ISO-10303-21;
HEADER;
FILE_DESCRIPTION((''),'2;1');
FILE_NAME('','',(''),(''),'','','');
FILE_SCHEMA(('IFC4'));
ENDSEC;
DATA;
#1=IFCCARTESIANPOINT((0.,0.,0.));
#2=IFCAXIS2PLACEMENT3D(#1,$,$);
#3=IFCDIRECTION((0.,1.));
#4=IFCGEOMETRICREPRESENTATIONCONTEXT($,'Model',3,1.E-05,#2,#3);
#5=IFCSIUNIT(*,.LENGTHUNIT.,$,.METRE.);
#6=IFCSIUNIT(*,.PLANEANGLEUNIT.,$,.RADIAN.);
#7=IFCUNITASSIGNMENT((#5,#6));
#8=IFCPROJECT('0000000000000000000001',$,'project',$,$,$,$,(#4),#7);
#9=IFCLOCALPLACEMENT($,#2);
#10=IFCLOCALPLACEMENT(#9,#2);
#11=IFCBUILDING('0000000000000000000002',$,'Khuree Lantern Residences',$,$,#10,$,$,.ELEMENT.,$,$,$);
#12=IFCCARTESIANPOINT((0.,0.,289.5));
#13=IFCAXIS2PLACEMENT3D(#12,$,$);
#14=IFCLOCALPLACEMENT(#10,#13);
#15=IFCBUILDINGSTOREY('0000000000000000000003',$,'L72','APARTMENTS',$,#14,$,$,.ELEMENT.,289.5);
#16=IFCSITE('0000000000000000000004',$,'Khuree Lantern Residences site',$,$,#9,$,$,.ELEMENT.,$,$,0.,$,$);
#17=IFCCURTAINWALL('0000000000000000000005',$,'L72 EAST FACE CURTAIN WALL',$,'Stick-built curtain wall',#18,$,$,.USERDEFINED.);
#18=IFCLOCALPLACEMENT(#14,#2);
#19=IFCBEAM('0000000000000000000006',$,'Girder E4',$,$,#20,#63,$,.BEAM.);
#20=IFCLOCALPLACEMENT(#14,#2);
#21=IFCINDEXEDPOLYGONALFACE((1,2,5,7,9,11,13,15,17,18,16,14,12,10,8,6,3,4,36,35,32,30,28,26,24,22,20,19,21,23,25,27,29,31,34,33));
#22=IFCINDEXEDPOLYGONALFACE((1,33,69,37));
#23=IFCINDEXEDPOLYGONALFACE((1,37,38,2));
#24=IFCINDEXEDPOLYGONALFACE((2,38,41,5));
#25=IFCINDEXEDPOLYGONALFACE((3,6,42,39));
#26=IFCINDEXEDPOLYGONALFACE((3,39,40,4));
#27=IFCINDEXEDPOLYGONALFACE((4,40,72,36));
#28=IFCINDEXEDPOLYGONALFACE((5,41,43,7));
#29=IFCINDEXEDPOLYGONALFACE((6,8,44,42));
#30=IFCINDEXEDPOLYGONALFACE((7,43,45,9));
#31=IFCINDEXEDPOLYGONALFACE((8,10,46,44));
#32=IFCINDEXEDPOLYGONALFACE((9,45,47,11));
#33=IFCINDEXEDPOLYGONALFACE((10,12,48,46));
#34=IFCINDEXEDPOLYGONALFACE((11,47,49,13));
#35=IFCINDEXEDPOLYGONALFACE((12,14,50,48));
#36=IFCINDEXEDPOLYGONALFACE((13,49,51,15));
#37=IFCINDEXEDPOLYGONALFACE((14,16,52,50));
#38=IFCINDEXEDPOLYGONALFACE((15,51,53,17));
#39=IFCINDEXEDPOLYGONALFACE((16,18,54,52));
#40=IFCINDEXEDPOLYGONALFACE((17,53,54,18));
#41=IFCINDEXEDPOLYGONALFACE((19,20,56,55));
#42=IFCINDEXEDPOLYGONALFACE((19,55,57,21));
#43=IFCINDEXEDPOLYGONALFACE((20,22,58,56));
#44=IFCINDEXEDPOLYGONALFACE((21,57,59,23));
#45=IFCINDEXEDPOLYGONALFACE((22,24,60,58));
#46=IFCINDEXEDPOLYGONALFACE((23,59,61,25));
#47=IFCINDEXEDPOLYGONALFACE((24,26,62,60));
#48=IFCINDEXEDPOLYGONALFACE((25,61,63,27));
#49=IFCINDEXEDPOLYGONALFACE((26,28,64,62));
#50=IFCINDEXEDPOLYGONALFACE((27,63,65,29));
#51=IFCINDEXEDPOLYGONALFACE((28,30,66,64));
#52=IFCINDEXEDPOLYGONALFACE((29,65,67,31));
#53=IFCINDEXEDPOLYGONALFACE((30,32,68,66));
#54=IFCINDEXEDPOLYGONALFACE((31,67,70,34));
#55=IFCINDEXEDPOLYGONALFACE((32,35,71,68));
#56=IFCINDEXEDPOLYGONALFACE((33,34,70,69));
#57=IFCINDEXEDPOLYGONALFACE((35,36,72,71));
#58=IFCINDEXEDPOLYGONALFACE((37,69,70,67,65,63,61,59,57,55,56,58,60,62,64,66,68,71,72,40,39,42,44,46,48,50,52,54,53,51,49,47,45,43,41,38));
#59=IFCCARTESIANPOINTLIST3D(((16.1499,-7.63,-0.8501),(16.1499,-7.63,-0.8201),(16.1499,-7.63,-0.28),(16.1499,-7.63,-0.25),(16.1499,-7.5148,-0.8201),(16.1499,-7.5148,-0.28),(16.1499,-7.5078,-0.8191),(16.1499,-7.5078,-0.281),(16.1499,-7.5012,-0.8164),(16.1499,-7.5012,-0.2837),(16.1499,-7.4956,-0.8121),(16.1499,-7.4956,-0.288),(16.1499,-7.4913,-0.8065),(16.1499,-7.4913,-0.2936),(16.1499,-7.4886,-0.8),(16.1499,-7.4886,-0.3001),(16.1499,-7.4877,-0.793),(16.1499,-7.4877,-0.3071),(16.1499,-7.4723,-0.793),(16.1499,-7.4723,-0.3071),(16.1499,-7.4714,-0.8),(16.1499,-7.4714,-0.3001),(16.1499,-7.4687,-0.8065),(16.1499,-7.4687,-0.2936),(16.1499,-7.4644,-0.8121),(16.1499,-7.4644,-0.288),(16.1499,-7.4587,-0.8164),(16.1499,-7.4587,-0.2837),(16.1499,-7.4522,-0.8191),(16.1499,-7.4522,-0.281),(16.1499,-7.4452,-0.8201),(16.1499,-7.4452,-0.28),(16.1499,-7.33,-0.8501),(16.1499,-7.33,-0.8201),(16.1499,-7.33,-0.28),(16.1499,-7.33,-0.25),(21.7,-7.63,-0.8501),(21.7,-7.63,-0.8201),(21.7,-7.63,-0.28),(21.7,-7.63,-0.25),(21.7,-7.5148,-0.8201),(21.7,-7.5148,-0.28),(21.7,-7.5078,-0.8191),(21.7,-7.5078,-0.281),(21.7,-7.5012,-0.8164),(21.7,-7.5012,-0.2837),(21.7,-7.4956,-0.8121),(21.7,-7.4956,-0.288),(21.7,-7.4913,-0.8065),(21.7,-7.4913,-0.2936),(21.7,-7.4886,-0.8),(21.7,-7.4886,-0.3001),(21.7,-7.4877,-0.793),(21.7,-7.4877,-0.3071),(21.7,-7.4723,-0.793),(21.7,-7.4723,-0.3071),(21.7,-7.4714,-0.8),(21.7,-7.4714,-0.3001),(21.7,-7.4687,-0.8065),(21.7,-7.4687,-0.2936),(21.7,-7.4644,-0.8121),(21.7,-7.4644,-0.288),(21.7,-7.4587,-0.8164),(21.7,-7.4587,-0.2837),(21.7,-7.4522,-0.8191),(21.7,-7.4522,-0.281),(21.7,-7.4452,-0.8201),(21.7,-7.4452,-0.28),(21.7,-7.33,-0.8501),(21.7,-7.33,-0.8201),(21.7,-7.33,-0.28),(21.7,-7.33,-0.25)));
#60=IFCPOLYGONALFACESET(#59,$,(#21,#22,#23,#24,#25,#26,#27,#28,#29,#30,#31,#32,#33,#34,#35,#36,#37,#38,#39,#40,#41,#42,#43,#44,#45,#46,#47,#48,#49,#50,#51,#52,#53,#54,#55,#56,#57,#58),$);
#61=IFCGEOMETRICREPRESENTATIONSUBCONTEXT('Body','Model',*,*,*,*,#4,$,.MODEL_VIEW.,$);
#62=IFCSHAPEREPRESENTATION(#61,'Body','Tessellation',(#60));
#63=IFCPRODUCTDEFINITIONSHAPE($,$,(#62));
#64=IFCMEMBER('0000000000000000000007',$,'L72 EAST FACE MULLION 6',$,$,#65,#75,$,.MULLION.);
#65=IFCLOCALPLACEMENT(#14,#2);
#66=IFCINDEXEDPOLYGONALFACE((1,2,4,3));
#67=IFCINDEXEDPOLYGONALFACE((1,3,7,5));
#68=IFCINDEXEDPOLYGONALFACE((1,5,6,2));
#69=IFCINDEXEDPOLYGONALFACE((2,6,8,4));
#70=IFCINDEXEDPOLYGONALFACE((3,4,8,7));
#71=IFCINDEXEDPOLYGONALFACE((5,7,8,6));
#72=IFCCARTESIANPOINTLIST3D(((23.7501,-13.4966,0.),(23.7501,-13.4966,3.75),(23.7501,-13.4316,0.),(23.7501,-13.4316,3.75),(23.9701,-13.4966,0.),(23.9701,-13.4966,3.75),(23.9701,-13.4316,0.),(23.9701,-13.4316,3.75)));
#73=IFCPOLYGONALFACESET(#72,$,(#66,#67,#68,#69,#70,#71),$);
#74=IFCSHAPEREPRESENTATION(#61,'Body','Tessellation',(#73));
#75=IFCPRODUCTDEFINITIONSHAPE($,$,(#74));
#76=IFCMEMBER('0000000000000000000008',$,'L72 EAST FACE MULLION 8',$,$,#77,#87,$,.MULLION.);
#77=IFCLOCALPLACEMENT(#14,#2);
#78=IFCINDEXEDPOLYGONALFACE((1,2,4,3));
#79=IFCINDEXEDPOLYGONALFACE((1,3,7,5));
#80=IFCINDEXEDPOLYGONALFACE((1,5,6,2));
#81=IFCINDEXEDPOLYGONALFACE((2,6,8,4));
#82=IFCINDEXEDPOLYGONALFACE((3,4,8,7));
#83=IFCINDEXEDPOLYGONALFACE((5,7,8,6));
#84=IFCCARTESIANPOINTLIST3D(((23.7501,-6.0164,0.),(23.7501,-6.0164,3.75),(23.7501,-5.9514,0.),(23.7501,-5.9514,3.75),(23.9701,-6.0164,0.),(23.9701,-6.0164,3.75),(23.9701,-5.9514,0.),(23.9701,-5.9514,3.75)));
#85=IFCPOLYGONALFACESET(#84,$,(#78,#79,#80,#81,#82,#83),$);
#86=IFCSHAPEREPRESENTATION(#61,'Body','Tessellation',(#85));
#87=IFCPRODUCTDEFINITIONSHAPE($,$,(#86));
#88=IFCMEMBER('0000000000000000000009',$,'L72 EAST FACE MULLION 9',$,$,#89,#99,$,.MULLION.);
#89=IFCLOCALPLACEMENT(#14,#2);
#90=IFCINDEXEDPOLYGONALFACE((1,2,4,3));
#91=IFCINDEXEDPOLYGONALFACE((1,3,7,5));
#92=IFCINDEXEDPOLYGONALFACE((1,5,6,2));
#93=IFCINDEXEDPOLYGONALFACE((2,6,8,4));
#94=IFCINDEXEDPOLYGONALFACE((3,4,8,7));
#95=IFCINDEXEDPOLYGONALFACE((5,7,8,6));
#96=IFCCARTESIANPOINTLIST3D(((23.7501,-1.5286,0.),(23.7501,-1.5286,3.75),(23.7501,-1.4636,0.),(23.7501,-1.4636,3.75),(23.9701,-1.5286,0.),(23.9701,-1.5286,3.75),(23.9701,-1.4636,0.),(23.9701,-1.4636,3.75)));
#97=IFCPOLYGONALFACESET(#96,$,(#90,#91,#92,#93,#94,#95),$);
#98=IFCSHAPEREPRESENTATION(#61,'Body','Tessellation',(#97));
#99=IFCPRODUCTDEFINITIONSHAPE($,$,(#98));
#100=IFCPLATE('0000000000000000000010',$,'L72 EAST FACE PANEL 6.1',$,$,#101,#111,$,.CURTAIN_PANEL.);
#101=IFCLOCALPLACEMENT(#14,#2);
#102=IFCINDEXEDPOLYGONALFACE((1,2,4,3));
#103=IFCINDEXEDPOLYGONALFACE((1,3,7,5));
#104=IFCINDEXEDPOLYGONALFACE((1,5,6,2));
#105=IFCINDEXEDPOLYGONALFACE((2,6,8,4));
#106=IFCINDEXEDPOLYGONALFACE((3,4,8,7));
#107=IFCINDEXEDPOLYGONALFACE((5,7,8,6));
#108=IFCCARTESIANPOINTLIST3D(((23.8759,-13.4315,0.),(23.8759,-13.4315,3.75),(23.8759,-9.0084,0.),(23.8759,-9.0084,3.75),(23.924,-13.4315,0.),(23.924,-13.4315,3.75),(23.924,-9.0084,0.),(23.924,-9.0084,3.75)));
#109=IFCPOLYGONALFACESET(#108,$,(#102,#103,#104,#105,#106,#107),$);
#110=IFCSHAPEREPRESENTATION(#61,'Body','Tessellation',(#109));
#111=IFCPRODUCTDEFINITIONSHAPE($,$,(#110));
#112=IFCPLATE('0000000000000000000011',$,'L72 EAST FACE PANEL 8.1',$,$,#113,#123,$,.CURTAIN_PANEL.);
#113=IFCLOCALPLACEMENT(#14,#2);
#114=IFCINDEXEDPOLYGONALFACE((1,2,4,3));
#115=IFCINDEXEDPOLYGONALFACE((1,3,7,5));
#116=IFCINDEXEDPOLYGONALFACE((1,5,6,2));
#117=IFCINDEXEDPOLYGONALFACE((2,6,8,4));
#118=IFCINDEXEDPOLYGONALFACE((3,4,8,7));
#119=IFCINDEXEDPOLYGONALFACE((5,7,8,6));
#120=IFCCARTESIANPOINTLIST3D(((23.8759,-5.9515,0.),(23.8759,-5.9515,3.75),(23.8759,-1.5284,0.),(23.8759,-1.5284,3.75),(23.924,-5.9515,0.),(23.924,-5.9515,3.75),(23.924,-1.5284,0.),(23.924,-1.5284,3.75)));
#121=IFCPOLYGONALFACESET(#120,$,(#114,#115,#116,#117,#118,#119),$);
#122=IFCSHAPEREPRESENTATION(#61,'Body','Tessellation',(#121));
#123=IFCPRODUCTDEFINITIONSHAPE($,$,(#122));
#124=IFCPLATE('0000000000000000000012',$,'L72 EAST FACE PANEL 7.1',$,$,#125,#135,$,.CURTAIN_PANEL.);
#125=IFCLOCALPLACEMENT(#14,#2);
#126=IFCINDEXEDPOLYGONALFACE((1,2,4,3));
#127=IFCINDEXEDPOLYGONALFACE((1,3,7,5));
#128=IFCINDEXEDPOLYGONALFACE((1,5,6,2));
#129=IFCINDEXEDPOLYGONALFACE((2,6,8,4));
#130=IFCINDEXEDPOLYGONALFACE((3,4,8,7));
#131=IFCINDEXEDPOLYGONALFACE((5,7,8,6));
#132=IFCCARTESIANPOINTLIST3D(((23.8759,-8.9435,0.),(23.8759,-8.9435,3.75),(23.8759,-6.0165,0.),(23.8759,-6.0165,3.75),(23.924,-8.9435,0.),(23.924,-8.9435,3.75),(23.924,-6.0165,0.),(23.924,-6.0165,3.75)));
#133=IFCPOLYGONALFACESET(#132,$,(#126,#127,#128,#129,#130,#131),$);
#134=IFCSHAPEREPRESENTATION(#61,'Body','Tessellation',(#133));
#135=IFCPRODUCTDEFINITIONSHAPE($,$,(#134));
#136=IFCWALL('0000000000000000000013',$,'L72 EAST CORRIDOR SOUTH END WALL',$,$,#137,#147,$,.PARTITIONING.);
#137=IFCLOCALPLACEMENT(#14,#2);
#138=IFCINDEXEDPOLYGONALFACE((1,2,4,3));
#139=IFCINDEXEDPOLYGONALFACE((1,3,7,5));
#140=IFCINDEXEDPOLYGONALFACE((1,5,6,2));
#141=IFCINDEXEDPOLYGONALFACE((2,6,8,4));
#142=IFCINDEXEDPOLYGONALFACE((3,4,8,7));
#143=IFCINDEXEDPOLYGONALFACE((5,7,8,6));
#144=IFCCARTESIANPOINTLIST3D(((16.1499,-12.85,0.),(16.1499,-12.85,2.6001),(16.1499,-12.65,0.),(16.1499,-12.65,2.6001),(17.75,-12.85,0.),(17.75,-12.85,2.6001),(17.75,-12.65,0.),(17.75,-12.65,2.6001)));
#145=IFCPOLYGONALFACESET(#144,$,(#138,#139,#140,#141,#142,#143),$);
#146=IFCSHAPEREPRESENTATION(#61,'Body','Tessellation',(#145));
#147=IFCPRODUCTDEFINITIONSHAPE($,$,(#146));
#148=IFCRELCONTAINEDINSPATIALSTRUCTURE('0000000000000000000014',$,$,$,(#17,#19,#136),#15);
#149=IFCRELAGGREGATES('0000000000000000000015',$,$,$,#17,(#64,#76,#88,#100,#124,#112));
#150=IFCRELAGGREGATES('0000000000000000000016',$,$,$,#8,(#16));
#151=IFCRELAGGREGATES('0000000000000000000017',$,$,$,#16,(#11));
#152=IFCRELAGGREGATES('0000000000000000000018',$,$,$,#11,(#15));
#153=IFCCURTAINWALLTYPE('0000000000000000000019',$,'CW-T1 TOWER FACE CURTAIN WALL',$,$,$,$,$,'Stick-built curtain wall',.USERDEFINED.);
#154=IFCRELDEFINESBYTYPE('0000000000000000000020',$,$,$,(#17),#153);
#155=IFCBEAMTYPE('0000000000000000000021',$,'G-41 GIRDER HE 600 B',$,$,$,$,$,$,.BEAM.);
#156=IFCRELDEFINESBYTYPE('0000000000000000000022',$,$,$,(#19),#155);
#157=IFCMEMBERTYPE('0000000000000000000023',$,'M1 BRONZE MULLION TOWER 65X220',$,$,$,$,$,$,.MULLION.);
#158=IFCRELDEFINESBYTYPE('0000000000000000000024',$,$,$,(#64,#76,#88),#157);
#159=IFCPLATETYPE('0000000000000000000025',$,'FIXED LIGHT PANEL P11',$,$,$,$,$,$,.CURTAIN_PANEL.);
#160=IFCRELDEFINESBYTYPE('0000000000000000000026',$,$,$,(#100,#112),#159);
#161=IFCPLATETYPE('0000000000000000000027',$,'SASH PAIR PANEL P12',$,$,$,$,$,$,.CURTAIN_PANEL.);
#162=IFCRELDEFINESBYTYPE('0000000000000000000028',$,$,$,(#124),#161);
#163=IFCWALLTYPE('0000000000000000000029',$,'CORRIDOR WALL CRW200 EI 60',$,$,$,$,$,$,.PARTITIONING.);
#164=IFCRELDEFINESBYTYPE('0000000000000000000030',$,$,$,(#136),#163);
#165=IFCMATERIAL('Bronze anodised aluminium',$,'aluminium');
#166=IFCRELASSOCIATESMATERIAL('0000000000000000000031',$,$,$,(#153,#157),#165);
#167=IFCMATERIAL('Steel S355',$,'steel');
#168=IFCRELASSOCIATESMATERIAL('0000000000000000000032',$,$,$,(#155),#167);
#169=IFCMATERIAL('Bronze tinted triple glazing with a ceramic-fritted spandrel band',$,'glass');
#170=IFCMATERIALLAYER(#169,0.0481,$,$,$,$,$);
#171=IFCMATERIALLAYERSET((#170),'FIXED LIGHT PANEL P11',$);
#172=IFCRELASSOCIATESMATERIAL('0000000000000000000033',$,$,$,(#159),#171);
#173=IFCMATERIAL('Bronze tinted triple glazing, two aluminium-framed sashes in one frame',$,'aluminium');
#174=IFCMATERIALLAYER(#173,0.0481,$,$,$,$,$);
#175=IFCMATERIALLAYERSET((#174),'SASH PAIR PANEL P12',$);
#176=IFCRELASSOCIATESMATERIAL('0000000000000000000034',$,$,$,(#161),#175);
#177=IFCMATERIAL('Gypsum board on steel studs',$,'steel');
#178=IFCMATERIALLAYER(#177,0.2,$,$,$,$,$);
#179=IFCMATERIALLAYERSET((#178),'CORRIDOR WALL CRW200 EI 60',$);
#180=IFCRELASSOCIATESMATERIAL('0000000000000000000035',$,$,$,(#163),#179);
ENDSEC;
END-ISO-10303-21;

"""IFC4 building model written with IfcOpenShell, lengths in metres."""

from ifc_helpers import new_model, si_unit, direction, frame, frame_2d, origin, origin_2d, place, context, subcontext, project, spatial, rectangle, i_section, extrude, material, layer, layer_set, material_profile, profile_set, type_object, element, aggregate, save


model = new_model("IFC4")

# Units and contexts
model_context = context("Model", 3, precision=1e-05, world=origin(), true_north=direction((0.0, 1.0)))
body_context = subcontext(model_context, "Body", "Model", "MODEL_VIEW")
ifc_project = project(units=[si_unit("LENGTHUNIT", "METRE"), si_unit("PLANEANGLEUNIT", "RADIAN")], contexts=[model_context])

# Site, building, storey
site_placement = place(None, origin())
site = spatial("IfcSite", under=ifc_project, at=site_placement, Name="Khuree Lantern Residences site", CompositionType="ELEMENT", RefElevation=0.0)
building_placement = place(site_placement, origin())
building = spatial("IfcBuilding", under=site, at=building_placement, Name="Khuree Lantern Residences", CompositionType="ELEMENT")
storey_placement = place(building_placement, frame((0.0, 0.0, 289.5)))
storey = spatial("IfcBuildingStorey", under=building, at=storey_placement, Name="L72", Description="APARTMENTS", CompositionType="ELEMENT", Elevation=289.5)

# Shared definitions
ifc_material_1 = material(Name="Steel S355", Category="steel")

# Curtain wall
ifc_material_2 = material(Name="Bronze anodised aluminium", Category="aluminium")
curtain_wall_type = type_object("IfcCurtainWallType", Name="CW-T1 TOWER FACE CURTAIN WALL", ElementType="Stick-built curtain wall", PredefinedType="USERDEFINED", material=ifc_material_2)
curtain_wall_placement = place(storey_placement, origin())
curtain_wall = element("IfcCurtainWall", 1, at=curtain_wall_placement, inside=storey, type_object=curtain_wall_type, Name="L72 EAST FACE CURTAIN WALL", ObjectType="Stick-built curtain wall", PredefinedType="USERDEFINED")

# Beam
ifc_material_profile_1 = material_profile(ifc_material_1, i_section(OverallWidth=0.3, OverallDepth=0.6001, WebThickness=0.0154, FlangeThickness=0.03, FilletRadius=0.0271, at=origin_2d()), Name="HE 600 B")
ifc_profile_set_1 = profile_set([ifc_material_profile_1], Name="Steel S355")
beam_type_1 = type_object("IfcBeamType", Name="G-41 GIRDER HE 600 B", PredefinedType="BEAM", material=ifc_profile_set_1)
beam_1_placement = place(storey_placement, frame((21.7, -7.48, -0.55), z_axis=(-1.0, 0.0, 0.0), x_axis=(0.0, -1.0, 0.0)))
element("IfcBeam", 2, at=beam_1_placement, inside=storey, type_object=beam_type_1, Name="Girder E4", PredefinedType="BEAM", context=body_context, shape_type="SweptSolid", body=[
    extrude(i_section(OverallWidth=0.3, OverallDepth=0.6001, WebThickness=0.0154, FlangeThickness=0.03, FilletRadius=0.0271, at=origin_2d()), origin(), (0.0, 0.0, 1.0), 5.55),
])

# Members
ifc_material_profile_2 = material_profile(ifc_material_2, rectangle(XDim=0.0649, YDim=0.22, at=origin_2d()), Name="M1 65X220")
ifc_profile_set_2 = profile_set([ifc_material_profile_2], Name="Bronze anodised aluminium")
member_type_1 = type_object("IfcMemberType", Name="M1 BRONZE MULLION TOWER 65X220", PredefinedType="MULLION", material=ifc_profile_set_2)
member_1_placement = place(storey_placement, frame((23.8601, -13.4641, 0.0), z_axis=(0.0, 0.0, 1.0), x_axis=(0.0, 1.0, 0.0)))
member_1 = element("IfcMember", 3, at=member_1_placement, type_object=member_type_1, Name="L72 EAST FACE MULLION 6", PredefinedType="MULLION", context=body_context, shape_type="SweptSolid", body=[
    extrude(rectangle(XDim=0.0649, YDim=0.22, at=origin_2d()), origin(), (0.0, 0.0, 1.0), 3.75),
])
member_2_placement = place(storey_placement, frame((23.8601, -5.9839, 0.0), z_axis=(0.0, 0.0, 1.0), x_axis=(0.0, 1.0, 0.0)))
member_2 = element("IfcMember", 4, at=member_2_placement, type_object=member_type_1, Name="L72 EAST FACE MULLION 8", PredefinedType="MULLION", context=body_context, shape_type="SweptSolid", body=[
    extrude(rectangle(XDim=0.0649, YDim=0.22, at=origin_2d()), origin(), (0.0, 0.0, 1.0), 3.75),
])
member_3_placement = place(storey_placement, frame((23.8601, -1.4961, 0.0), z_axis=(0.0, 0.0, 1.0), x_axis=(0.0, 1.0, 0.0)))
member_3 = element("IfcMember", 5, at=member_3_placement, type_object=member_type_1, Name="L72 EAST FACE MULLION 9", PredefinedType="MULLION", context=body_context, shape_type="SweptSolid", body=[
    extrude(rectangle(XDim=0.0649, YDim=0.22, at=origin_2d()), origin(), (0.0, 0.0, 1.0), 3.75),
])

# Plates
ifc_material_3 = material(Name="Bronze tinted triple glazing with a ceramic-fritted spandrel band", Category="glass")
ifc_layer_1 = layer(ifc_material_3, 0.0481)
ifc_layer_set_1 = layer_set([ifc_layer_1], Name="FIXED LIGHT PANEL P11")
plate_type_1 = type_object("IfcPlateType", Name="FIXED LIGHT PANEL P11", PredefinedType="CURTAIN_PANEL", material=ifc_layer_set_1)
plate_1_placement = place(storey_placement, frame((23.8999, -11.22, 0.0), z_axis=(0.0, 0.0, 1.0), x_axis=(0.0, 1.0, 0.0)))
plate_1 = element("IfcPlate", 6, at=plate_1_placement, type_object=plate_type_1, Name="L72 EAST FACE PANEL 6.1", PredefinedType="CURTAIN_PANEL", context=body_context, shape_type="SweptSolid", body=[
    extrude(rectangle(XDim=4.4231, YDim=0.0481, at=origin_2d()), origin(), (0.0, 0.0, 1.0), 3.75),
])
plate_2_placement = place(storey_placement, frame((23.8999, -3.74, 0.0), z_axis=(0.0, 0.0, 1.0), x_axis=(0.0, 1.0, 0.0)))
plate_2 = element("IfcPlate", 7, at=plate_2_placement, type_object=plate_type_1, Name="L72 EAST FACE PANEL 8.1", PredefinedType="CURTAIN_PANEL", context=body_context, shape_type="SweptSolid", body=[
    extrude(rectangle(XDim=4.4231, YDim=0.0481, at=origin_2d()), origin(), (0.0, 0.0, 1.0), 3.75),
])
ifc_material_4 = material(Name="Bronze tinted triple glazing, two aluminium-framed sashes in one frame", Category="aluminium")
ifc_layer_2 = layer(ifc_material_4, 0.0481)
ifc_layer_set_2 = layer_set([ifc_layer_2], Name="SASH PAIR PANEL P12")
plate_type_2 = type_object("IfcPlateType", Name="SASH PAIR PANEL P12", PredefinedType="CURTAIN_PANEL", material=ifc_layer_set_2)
plate_3_placement = place(storey_placement, frame((23.8999, -7.48, 0.0), z_axis=(0.0, 0.0, 1.0), x_axis=(0.0, 1.0, 0.0)))
plate_3 = element("IfcPlate", 8, at=plate_3_placement, type_object=plate_type_2, Name="L72 EAST FACE PANEL 7.1", PredefinedType="CURTAIN_PANEL", context=body_context, shape_type="SweptSolid", body=[
    extrude(rectangle(XDim=2.927, YDim=0.0481, at=origin_2d()), origin(), (0.0, 0.0, 1.0), 3.75),
])
aggregate(curtain_wall, [member_1, member_2, member_3, plate_1, plate_3, plate_2])

# Wall
ifc_material_5 = material(Name="Gypsum board on steel studs", Category="steel")
ifc_layer_3 = layer(ifc_material_5, 0.2)
ifc_layer_set_3 = layer_set([ifc_layer_3], Name="CORRIDOR WALL CRW200 EI 60")
wall_type_1 = type_object("IfcWallType", Name="CORRIDOR WALL CRW200 EI 60", PredefinedType="PARTITIONING", material=ifc_layer_set_3)
wall_1_placement = place(storey_placement, frame((16.1499, -12.75, 0.0), z_axis=(0.0, 0.0, 1.0), x_axis=(1.0, 0.0, 0.0)))
element("IfcWall", 9, at=wall_1_placement, inside=storey, type_object=wall_type_1, Name="L72 EAST CORRIDOR SOUTH END WALL", PredefinedType="PARTITIONING", context=body_context, shape_type="SweptSolid", body=[
    extrude(rectangle(XDim=1.6001, YDim=0.2, at=frame_2d((0.8, 0.0))), origin(), (0.0, 0.0, 1.0), 2.6001),
])

save(model, "model.ifc")
